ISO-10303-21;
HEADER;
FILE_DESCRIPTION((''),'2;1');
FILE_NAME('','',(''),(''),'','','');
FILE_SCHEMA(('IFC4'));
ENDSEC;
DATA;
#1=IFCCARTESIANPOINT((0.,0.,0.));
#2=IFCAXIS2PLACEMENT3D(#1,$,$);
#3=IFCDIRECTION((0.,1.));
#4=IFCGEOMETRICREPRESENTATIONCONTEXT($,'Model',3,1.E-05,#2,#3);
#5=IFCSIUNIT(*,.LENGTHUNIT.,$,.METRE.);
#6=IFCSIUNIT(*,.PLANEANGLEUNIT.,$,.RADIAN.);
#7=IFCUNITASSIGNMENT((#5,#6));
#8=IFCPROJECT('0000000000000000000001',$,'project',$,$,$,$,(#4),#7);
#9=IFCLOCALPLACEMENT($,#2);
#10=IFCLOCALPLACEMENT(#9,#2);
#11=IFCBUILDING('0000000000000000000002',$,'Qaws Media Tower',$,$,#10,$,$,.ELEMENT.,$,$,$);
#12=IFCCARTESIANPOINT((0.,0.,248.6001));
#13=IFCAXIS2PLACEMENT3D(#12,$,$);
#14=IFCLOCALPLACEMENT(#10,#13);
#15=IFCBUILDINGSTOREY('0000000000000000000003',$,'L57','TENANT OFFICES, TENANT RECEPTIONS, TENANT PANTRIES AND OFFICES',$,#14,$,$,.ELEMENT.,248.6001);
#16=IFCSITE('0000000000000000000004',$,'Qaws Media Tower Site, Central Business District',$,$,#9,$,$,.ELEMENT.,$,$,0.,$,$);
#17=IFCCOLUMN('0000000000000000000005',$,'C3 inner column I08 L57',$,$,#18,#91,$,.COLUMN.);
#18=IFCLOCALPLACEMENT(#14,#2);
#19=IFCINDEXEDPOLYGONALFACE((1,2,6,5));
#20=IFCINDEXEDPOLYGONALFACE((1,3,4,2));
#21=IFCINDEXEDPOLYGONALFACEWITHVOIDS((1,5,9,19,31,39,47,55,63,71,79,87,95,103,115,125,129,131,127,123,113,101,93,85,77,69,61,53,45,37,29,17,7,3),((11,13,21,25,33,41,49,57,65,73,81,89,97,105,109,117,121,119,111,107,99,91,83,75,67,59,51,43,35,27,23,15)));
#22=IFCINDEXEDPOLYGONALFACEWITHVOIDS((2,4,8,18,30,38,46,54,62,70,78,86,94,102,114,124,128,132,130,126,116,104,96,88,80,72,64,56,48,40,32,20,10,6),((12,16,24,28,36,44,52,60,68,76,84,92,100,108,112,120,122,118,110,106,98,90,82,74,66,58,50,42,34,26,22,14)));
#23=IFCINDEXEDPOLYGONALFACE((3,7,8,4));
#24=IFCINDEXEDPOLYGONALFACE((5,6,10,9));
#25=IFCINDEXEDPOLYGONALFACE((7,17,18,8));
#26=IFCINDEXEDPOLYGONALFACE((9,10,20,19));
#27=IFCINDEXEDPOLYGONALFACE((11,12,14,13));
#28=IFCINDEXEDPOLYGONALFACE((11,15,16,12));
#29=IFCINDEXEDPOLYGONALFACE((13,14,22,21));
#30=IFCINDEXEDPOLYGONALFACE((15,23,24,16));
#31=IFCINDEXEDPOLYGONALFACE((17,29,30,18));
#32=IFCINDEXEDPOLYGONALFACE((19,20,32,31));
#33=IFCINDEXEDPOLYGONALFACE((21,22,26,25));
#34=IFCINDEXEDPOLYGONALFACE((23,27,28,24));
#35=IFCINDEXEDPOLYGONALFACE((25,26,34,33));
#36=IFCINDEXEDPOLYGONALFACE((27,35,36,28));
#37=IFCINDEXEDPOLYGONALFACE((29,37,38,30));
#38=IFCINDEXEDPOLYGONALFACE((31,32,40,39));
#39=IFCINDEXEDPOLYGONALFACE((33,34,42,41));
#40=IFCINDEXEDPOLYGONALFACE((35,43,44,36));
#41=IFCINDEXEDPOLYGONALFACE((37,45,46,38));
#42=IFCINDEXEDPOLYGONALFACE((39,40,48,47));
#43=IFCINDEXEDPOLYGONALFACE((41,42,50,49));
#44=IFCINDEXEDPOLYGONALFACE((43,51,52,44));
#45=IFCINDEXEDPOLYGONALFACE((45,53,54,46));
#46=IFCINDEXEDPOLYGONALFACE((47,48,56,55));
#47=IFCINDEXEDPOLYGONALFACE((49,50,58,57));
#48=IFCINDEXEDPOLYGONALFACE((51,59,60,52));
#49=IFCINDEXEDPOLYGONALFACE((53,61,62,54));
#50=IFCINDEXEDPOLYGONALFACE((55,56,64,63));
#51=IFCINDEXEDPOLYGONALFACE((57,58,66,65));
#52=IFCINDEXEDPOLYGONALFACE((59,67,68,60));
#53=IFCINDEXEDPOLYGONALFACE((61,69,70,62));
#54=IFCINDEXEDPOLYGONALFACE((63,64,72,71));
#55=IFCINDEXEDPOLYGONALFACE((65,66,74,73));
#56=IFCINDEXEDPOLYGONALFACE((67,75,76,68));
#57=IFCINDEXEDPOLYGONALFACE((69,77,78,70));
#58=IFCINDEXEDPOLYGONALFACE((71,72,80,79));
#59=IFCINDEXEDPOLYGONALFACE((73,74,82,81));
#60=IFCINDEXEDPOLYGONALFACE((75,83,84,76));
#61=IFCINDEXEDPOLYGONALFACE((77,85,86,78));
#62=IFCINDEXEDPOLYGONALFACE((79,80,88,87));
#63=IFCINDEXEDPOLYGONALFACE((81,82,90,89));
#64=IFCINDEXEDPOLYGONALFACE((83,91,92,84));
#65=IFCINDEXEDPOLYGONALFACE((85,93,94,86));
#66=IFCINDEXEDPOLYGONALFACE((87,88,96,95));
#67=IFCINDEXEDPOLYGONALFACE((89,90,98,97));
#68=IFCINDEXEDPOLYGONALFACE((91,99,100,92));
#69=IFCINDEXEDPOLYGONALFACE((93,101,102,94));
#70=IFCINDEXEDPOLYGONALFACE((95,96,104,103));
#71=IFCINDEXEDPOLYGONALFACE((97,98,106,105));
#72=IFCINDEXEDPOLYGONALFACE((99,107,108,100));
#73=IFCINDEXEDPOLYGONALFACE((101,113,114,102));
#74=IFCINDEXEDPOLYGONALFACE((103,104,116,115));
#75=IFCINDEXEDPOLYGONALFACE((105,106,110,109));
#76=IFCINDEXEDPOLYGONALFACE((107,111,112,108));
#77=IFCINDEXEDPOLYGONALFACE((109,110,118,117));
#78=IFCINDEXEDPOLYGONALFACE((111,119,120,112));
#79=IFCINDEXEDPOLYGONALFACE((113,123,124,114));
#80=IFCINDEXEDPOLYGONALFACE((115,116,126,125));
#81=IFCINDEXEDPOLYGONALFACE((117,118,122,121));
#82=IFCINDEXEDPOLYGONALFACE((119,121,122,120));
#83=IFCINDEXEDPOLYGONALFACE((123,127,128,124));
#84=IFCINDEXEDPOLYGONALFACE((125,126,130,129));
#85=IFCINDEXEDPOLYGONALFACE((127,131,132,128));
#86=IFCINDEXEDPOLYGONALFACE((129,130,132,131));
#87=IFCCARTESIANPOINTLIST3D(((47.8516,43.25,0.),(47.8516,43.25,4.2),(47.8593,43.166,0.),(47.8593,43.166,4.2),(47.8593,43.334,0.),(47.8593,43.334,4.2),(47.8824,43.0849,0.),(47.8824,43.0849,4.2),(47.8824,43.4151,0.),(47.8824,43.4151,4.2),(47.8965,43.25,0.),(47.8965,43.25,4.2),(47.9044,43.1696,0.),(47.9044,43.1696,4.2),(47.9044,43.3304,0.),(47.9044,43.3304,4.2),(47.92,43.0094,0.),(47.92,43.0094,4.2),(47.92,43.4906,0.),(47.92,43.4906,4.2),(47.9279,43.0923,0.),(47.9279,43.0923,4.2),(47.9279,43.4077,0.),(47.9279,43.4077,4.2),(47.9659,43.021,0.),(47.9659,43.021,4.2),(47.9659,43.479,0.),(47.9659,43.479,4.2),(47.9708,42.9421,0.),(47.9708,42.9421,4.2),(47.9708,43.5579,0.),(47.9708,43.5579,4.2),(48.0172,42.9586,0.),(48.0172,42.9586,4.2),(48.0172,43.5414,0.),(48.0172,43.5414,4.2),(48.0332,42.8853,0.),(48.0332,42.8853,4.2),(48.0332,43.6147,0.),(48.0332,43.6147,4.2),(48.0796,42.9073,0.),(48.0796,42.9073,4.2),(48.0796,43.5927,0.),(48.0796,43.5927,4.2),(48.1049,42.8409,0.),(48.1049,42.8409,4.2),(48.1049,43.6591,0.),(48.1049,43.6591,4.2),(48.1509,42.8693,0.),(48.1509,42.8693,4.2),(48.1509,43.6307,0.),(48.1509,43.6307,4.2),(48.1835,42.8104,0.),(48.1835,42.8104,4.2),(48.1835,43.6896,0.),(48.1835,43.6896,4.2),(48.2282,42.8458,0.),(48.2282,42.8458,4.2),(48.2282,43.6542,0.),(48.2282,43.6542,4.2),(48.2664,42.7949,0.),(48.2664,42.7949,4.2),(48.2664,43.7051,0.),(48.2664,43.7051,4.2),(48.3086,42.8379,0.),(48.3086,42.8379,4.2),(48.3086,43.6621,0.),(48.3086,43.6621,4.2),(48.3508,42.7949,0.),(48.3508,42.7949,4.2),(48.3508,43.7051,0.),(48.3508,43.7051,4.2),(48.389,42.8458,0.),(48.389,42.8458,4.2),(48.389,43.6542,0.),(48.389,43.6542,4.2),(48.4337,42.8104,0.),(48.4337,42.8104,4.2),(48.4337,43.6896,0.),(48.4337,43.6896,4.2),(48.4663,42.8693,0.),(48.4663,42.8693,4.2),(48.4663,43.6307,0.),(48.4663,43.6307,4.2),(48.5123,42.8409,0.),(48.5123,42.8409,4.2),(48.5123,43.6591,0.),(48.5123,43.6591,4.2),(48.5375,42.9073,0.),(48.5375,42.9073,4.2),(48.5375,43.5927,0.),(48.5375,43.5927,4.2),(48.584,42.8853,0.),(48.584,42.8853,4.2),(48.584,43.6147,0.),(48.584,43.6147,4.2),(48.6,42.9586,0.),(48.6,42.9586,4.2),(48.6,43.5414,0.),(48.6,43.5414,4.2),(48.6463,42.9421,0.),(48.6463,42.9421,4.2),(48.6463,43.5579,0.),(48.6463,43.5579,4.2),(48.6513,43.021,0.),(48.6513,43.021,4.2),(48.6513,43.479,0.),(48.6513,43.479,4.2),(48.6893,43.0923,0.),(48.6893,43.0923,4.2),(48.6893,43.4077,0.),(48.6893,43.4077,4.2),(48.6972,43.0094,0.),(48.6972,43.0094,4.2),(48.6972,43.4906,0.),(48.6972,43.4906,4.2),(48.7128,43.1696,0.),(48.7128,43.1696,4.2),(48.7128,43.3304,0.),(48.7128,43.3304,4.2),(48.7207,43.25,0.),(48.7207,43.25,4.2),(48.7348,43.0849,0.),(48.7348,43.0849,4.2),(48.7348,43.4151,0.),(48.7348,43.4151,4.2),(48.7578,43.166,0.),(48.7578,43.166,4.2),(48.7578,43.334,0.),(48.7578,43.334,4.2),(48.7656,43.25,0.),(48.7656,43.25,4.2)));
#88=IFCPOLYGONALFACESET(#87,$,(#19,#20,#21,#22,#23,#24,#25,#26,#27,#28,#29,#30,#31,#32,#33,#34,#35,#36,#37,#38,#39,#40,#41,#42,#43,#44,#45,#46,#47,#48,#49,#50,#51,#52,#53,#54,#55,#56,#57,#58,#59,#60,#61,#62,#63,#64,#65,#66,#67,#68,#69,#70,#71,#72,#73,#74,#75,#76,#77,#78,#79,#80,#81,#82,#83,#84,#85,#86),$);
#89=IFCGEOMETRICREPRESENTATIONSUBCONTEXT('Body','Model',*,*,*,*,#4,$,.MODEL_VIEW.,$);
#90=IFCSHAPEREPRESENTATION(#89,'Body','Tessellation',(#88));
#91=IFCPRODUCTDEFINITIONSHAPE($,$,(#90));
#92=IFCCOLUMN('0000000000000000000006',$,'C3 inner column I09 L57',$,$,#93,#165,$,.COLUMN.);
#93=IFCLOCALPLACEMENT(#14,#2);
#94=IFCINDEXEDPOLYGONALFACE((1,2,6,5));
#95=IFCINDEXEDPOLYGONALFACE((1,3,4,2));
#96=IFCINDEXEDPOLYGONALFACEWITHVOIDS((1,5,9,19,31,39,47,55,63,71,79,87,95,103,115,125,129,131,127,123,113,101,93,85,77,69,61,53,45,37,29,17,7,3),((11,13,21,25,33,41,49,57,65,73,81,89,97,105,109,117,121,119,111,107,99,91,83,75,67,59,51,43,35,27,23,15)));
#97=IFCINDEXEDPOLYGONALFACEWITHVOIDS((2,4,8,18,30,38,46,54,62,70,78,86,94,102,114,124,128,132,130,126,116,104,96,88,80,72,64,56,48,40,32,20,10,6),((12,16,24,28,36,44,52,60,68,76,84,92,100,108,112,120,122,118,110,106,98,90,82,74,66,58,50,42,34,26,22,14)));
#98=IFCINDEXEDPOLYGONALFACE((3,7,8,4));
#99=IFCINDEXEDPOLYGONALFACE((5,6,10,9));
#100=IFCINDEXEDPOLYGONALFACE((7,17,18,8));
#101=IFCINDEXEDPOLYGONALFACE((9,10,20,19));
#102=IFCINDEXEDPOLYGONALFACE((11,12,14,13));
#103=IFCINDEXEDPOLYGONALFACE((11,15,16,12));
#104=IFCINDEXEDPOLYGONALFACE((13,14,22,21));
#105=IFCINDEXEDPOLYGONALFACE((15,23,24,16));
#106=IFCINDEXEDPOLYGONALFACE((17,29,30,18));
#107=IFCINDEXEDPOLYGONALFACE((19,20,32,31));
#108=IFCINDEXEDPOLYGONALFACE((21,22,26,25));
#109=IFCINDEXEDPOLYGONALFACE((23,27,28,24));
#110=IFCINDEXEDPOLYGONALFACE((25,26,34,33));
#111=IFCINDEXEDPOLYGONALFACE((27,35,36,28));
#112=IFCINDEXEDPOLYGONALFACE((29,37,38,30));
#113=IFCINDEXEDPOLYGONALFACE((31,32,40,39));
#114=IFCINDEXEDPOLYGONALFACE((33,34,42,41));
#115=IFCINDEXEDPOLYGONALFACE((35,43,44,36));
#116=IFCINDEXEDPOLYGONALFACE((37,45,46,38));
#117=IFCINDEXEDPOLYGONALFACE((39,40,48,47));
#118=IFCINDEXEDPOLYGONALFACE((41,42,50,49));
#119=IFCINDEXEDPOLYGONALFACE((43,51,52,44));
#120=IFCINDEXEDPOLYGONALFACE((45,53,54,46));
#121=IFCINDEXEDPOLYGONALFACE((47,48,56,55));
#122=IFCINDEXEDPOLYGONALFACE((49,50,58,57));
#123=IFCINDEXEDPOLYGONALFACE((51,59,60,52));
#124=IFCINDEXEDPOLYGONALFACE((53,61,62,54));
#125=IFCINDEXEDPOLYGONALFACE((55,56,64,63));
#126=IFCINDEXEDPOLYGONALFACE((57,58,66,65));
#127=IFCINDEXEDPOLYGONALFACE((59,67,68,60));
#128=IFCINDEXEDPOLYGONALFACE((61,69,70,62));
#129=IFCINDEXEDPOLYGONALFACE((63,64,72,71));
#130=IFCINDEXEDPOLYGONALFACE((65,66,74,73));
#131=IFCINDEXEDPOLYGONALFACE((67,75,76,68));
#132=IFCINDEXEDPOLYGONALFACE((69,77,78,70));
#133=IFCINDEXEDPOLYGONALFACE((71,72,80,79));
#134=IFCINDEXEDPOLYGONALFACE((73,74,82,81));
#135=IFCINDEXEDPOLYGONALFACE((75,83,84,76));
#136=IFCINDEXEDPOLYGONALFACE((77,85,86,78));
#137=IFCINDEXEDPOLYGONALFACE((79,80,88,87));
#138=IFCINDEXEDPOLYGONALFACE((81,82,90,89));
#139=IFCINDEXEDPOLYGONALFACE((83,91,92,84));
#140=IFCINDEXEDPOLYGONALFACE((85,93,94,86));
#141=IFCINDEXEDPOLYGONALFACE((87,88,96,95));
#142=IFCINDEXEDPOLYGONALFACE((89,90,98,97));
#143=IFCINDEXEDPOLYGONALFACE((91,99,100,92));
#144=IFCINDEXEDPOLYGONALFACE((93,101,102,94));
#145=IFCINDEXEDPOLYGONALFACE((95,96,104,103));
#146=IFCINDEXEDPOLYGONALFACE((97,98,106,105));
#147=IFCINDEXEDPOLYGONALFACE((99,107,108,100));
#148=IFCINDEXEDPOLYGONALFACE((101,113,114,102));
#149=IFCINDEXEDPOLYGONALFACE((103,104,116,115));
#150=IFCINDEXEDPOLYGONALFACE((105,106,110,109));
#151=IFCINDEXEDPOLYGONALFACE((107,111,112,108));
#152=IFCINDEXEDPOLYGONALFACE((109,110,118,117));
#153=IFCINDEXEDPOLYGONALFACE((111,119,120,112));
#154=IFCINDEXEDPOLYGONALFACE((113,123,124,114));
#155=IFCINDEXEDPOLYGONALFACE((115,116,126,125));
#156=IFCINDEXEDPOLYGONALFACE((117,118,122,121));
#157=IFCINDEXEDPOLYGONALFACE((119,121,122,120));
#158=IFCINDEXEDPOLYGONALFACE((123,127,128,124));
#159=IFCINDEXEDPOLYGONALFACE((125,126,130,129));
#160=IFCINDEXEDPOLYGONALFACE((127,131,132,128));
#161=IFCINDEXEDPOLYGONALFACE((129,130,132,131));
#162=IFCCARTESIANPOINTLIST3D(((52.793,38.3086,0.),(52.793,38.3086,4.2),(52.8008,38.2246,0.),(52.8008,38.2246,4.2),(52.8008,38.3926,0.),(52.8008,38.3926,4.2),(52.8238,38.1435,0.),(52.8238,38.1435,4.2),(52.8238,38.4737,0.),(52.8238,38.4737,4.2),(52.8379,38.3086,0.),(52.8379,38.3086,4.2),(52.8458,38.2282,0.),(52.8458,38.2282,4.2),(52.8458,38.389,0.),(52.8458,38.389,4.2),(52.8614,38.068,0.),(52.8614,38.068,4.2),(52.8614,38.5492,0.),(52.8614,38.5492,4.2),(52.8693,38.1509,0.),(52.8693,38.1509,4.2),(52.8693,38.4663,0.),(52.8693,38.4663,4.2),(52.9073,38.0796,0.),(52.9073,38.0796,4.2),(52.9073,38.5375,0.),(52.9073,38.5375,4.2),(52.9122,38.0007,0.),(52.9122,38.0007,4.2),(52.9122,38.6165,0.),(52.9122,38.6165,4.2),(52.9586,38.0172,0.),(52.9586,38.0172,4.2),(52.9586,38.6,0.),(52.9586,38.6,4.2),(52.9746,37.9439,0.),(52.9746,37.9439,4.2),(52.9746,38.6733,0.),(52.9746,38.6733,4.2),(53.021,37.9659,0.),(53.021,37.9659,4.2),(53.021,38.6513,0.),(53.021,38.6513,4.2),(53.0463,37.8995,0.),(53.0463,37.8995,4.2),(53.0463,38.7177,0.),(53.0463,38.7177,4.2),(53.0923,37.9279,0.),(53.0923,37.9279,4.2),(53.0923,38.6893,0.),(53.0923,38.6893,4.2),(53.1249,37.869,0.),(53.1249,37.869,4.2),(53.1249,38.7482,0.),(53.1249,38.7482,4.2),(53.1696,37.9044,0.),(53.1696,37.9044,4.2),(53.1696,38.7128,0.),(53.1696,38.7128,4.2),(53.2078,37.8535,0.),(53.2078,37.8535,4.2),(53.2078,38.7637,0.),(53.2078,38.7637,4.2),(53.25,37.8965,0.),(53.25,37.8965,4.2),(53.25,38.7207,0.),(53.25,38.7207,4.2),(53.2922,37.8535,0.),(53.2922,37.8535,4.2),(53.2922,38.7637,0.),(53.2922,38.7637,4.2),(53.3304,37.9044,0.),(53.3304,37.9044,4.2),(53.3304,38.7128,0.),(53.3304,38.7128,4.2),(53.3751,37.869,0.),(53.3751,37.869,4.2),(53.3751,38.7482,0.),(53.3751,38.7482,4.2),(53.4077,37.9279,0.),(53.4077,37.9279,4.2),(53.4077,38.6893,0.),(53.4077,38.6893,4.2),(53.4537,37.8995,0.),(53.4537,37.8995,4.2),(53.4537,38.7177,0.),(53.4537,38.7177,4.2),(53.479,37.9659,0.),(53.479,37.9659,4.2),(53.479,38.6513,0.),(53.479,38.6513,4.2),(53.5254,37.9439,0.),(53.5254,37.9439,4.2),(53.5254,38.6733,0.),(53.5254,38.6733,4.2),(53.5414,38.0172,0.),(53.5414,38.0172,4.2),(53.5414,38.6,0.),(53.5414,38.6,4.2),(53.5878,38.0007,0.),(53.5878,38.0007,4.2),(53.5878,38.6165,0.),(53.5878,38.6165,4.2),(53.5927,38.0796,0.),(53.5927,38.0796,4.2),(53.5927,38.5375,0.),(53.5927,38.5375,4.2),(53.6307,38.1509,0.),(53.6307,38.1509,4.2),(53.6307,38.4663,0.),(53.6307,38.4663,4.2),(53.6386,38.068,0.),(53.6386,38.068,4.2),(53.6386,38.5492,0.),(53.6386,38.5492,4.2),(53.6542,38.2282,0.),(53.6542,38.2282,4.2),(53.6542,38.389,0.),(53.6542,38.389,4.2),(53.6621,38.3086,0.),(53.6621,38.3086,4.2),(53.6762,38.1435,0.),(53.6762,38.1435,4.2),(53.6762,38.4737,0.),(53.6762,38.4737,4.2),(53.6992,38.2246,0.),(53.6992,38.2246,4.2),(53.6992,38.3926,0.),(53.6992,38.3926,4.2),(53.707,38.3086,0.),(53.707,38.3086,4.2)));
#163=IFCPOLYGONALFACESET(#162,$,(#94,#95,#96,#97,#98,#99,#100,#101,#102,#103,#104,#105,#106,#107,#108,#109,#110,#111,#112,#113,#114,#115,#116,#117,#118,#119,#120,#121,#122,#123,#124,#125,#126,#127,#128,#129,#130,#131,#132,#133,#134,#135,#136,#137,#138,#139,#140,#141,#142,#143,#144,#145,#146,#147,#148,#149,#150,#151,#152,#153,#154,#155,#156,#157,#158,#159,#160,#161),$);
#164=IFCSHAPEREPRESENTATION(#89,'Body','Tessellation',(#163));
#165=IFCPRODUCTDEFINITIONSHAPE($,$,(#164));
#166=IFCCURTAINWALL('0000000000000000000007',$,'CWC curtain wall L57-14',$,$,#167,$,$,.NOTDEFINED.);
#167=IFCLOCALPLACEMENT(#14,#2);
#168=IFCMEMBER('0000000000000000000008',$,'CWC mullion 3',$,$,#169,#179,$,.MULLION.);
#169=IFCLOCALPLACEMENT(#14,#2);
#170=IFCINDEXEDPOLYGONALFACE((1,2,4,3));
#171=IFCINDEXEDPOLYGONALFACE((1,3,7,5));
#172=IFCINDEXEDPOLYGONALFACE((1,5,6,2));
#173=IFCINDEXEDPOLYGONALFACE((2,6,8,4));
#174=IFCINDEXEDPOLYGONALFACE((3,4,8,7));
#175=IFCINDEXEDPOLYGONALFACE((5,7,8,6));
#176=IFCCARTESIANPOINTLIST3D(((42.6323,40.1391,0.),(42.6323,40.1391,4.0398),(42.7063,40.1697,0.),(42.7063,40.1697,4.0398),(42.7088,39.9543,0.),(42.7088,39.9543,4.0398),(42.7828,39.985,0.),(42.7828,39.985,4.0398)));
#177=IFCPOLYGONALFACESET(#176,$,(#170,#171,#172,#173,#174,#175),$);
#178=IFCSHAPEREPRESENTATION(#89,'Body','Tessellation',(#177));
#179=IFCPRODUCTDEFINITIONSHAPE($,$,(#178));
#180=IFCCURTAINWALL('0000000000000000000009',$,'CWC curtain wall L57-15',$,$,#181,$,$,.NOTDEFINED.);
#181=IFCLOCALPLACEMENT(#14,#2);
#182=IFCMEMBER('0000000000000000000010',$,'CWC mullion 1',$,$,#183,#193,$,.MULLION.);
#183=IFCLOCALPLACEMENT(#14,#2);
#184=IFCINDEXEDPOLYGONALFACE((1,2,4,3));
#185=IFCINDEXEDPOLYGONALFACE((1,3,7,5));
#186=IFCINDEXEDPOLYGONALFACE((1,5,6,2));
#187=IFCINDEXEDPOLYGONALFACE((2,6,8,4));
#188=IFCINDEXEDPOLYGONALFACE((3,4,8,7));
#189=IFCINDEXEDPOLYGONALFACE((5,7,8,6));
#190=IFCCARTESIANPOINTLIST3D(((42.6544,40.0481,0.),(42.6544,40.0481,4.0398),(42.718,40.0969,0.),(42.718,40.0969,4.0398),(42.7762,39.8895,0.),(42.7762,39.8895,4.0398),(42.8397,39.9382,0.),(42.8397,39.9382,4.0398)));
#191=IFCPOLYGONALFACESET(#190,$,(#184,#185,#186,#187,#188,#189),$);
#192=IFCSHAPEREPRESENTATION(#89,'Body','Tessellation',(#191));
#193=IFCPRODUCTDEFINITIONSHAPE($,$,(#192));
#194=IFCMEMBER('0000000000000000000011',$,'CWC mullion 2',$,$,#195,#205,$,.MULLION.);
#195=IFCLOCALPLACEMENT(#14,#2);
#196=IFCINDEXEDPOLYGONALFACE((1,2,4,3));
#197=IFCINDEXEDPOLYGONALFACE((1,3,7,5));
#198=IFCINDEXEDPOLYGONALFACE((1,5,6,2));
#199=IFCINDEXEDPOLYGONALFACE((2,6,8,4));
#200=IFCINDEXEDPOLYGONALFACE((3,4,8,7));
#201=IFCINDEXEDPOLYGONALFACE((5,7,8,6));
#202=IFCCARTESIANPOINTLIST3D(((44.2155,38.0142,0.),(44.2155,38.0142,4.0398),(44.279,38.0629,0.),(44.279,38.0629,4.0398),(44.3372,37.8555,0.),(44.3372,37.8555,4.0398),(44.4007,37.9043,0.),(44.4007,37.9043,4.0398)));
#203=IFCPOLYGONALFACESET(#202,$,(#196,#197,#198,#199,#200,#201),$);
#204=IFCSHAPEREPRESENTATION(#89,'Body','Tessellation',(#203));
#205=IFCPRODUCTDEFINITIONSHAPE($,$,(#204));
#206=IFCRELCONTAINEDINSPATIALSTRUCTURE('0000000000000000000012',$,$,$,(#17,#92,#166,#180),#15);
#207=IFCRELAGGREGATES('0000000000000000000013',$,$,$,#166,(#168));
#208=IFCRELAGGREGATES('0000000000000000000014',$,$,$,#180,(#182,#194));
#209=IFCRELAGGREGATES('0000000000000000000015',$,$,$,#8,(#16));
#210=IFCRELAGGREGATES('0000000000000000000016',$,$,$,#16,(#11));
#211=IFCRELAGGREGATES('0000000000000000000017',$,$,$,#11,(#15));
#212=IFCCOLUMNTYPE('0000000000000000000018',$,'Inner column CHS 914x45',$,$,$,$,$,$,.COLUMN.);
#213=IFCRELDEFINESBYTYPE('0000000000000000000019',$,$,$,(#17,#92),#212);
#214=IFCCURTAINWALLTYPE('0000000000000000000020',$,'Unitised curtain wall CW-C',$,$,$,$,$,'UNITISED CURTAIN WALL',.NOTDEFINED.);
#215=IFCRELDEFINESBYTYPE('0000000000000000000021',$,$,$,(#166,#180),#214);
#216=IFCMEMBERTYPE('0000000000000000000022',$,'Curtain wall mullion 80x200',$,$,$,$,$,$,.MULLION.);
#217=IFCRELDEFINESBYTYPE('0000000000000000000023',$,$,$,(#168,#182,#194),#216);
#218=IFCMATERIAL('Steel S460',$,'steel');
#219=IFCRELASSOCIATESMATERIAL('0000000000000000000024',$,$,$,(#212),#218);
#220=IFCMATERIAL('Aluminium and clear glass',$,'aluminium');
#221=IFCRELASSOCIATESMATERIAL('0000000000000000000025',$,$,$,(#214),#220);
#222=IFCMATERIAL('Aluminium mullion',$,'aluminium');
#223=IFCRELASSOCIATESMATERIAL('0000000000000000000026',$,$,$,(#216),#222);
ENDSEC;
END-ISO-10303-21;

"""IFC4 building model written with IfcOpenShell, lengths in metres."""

from ifc_helpers import new_model, si_unit, direction, frame, origin, origin_2d, place, context, subcontext, project, spatial, rectangle, hollow_circle, extrude, material, material_profile, profile_set, type_object, element, aggregate, save


model = new_model("IFC4")

# Units and contexts
model_context = context("Model", 3, precision=1e-05, world=origin(), true_north=direction((0.0, 1.0)))
body_context = subcontext(model_context, "Body", "Model", "MODEL_VIEW")
ifc_project = project(units=[si_unit("LENGTHUNIT", "METRE"), si_unit("PLANEANGLEUNIT", "RADIAN")], contexts=[model_context])

# Site, building, storey
site_placement = place(None, origin())
site = spatial("IfcSite", under=ifc_project, at=site_placement, Name="Qaws Media Tower Site, Central Business District", CompositionType="ELEMENT", RefElevation=0.0)
building_placement = place(site_placement, origin())
building = spatial("IfcBuilding", under=site, at=building_placement, Name="Qaws Media Tower", CompositionType="ELEMENT")
storey_placement = place(building_placement, frame((0.0, 0.0, 248.6001)))
storey = spatial("IfcBuildingStorey", under=building, at=storey_placement, Name="L57", Description="TENANT OFFICES, TENANT RECEPTIONS, TENANT PANTRIES AND OFFICES", CompositionType="ELEMENT", Elevation=248.6001)

# Columns
ifc_material_1 = material(Name="Steel S460", Category="steel")
ifc_material_profile_1 = material_profile(ifc_material_1, hollow_circle(Radius=0.457, WallThickness=0.0449, at=origin_2d()), Name="CHS 914x45")
ifc_profile_set_1 = profile_set([ifc_material_profile_1], Name="Steel S460")
column_type = type_object("IfcColumnType", Name="Inner column CHS 914x45", PredefinedType="COLUMN", material=ifc_profile_set_1)
for number, where, z_axis, x_axis, name in (
    (1, (48.3086, 43.25, 0.0), (0.0, 0.0, 1.0), (1.0, 0.0, 0.0), "C3 inner column I08 L57"),
    (2, (53.25, 38.3086, 0.0), (0.0, 0.0, 1.0), (1.0, 0.0, 0.0), "C3 inner column I09 L57"),
):
    element("IfcColumn", number, at=place(storey_placement, frame(where, z_axis=z_axis, x_axis=x_axis)), inside=storey, type_object=column_type, Name=name, PredefinedType="COLUMN", context=body_context, shape_type="SweptSolid", body=[
        extrude(hollow_circle(Radius=0.457, WallThickness=0.0449, at=origin_2d()), origin(), (0.0, 0.0, 1.0), 4.2),
    ])

# Curtain wall, member
ifc_material_2 = material(Name="Aluminium and clear glass", Category="aluminium")
curtain_wall_type = type_object("IfcCurtainWallType", Name="Unitised curtain wall CW-C", ElementType="UNITISED CURTAIN WALL", PredefinedType="NOTDEFINED", material=ifc_material_2)
curtain_wall_1_placement = place(storey_placement, origin())
curtain_wall_1 = element("IfcCurtainWall", 3, at=curtain_wall_1_placement, inside=storey, type_object=curtain_wall_type, Name="CWC curtain wall L57-14", PredefinedType="NOTDEFINED")
ifc_material_3 = material(Name="Aluminium mullion", Category="aluminium")
ifc_material_profile_2 = material_profile(ifc_material_3, rectangle(XDim=0.0801, YDim=0.2, at=origin_2d()), Name="80x200")
ifc_profile_set_2 = profile_set([ifc_material_profile_2], Name="Aluminium mullion")
member_type_1 = type_object("IfcMemberType", Name="Curtain wall mullion 80x200", PredefinedType="MULLION", material=ifc_profile_set_2)
member_1_placement = place(storey_placement, frame((42.7075, 40.062, 0.0), z_axis=(0.0, 0.0, 1.0), x_axis=(0.92388, 0.382683, 0.0)))
member_1 = element("IfcMember", 4, at=member_1_placement, type_object=member_type_1, Name="CWC mullion 3", PredefinedType="MULLION", context=body_context, shape_type="SweptSolid", body=[
    extrude(rectangle(XDim=0.0801, YDim=0.2, at=origin_2d()), origin(), (0.0, 0.0, 1.0), 4.0398),
])

# Curtain wall, members
curtain_wall_2_placement = place(storey_placement, origin())
curtain_wall_2 = element("IfcCurtainWall", 5, at=curtain_wall_2_placement, inside=storey, type_object=curtain_wall_type, Name="CWC curtain wall L57-15", PredefinedType="NOTDEFINED")
member_2_placement = place(storey_placement, frame((42.7471, 39.9932, 0.0), z_axis=(0.0, 0.0, 1.0), x_axis=(0.793353, 0.608762, 0.0)))
member_2 = element("IfcMember", 6, at=member_2_placement, type_object=member_type_1, Name="CWC mullion 1", PredefinedType="MULLION", context=body_context, shape_type="SweptSolid", body=[
    extrude(rectangle(XDim=0.0801, YDim=0.2, at=origin_2d()), origin(), (0.0, 0.0, 1.0), 4.0398),
])
member_3_placement = place(storey_placement, frame((44.3081, 37.9592, 0.0), z_axis=(0.0, 0.0, 1.0), x_axis=(0.793353, 0.608762, 0.0)))
member_3 = element("IfcMember", 7, at=member_3_placement, type_object=member_type_1, Name="CWC mullion 2", PredefinedType="MULLION", context=body_context, shape_type="SweptSolid", body=[
    extrude(rectangle(XDim=0.0801, YDim=0.2, at=origin_2d()), origin(), (0.0, 0.0, 1.0), 4.0398),
])

aggregate(curtain_wall_1, [member_1])
aggregate(curtain_wall_2, [member_2, member_3])

save(model, "model.ifc")
